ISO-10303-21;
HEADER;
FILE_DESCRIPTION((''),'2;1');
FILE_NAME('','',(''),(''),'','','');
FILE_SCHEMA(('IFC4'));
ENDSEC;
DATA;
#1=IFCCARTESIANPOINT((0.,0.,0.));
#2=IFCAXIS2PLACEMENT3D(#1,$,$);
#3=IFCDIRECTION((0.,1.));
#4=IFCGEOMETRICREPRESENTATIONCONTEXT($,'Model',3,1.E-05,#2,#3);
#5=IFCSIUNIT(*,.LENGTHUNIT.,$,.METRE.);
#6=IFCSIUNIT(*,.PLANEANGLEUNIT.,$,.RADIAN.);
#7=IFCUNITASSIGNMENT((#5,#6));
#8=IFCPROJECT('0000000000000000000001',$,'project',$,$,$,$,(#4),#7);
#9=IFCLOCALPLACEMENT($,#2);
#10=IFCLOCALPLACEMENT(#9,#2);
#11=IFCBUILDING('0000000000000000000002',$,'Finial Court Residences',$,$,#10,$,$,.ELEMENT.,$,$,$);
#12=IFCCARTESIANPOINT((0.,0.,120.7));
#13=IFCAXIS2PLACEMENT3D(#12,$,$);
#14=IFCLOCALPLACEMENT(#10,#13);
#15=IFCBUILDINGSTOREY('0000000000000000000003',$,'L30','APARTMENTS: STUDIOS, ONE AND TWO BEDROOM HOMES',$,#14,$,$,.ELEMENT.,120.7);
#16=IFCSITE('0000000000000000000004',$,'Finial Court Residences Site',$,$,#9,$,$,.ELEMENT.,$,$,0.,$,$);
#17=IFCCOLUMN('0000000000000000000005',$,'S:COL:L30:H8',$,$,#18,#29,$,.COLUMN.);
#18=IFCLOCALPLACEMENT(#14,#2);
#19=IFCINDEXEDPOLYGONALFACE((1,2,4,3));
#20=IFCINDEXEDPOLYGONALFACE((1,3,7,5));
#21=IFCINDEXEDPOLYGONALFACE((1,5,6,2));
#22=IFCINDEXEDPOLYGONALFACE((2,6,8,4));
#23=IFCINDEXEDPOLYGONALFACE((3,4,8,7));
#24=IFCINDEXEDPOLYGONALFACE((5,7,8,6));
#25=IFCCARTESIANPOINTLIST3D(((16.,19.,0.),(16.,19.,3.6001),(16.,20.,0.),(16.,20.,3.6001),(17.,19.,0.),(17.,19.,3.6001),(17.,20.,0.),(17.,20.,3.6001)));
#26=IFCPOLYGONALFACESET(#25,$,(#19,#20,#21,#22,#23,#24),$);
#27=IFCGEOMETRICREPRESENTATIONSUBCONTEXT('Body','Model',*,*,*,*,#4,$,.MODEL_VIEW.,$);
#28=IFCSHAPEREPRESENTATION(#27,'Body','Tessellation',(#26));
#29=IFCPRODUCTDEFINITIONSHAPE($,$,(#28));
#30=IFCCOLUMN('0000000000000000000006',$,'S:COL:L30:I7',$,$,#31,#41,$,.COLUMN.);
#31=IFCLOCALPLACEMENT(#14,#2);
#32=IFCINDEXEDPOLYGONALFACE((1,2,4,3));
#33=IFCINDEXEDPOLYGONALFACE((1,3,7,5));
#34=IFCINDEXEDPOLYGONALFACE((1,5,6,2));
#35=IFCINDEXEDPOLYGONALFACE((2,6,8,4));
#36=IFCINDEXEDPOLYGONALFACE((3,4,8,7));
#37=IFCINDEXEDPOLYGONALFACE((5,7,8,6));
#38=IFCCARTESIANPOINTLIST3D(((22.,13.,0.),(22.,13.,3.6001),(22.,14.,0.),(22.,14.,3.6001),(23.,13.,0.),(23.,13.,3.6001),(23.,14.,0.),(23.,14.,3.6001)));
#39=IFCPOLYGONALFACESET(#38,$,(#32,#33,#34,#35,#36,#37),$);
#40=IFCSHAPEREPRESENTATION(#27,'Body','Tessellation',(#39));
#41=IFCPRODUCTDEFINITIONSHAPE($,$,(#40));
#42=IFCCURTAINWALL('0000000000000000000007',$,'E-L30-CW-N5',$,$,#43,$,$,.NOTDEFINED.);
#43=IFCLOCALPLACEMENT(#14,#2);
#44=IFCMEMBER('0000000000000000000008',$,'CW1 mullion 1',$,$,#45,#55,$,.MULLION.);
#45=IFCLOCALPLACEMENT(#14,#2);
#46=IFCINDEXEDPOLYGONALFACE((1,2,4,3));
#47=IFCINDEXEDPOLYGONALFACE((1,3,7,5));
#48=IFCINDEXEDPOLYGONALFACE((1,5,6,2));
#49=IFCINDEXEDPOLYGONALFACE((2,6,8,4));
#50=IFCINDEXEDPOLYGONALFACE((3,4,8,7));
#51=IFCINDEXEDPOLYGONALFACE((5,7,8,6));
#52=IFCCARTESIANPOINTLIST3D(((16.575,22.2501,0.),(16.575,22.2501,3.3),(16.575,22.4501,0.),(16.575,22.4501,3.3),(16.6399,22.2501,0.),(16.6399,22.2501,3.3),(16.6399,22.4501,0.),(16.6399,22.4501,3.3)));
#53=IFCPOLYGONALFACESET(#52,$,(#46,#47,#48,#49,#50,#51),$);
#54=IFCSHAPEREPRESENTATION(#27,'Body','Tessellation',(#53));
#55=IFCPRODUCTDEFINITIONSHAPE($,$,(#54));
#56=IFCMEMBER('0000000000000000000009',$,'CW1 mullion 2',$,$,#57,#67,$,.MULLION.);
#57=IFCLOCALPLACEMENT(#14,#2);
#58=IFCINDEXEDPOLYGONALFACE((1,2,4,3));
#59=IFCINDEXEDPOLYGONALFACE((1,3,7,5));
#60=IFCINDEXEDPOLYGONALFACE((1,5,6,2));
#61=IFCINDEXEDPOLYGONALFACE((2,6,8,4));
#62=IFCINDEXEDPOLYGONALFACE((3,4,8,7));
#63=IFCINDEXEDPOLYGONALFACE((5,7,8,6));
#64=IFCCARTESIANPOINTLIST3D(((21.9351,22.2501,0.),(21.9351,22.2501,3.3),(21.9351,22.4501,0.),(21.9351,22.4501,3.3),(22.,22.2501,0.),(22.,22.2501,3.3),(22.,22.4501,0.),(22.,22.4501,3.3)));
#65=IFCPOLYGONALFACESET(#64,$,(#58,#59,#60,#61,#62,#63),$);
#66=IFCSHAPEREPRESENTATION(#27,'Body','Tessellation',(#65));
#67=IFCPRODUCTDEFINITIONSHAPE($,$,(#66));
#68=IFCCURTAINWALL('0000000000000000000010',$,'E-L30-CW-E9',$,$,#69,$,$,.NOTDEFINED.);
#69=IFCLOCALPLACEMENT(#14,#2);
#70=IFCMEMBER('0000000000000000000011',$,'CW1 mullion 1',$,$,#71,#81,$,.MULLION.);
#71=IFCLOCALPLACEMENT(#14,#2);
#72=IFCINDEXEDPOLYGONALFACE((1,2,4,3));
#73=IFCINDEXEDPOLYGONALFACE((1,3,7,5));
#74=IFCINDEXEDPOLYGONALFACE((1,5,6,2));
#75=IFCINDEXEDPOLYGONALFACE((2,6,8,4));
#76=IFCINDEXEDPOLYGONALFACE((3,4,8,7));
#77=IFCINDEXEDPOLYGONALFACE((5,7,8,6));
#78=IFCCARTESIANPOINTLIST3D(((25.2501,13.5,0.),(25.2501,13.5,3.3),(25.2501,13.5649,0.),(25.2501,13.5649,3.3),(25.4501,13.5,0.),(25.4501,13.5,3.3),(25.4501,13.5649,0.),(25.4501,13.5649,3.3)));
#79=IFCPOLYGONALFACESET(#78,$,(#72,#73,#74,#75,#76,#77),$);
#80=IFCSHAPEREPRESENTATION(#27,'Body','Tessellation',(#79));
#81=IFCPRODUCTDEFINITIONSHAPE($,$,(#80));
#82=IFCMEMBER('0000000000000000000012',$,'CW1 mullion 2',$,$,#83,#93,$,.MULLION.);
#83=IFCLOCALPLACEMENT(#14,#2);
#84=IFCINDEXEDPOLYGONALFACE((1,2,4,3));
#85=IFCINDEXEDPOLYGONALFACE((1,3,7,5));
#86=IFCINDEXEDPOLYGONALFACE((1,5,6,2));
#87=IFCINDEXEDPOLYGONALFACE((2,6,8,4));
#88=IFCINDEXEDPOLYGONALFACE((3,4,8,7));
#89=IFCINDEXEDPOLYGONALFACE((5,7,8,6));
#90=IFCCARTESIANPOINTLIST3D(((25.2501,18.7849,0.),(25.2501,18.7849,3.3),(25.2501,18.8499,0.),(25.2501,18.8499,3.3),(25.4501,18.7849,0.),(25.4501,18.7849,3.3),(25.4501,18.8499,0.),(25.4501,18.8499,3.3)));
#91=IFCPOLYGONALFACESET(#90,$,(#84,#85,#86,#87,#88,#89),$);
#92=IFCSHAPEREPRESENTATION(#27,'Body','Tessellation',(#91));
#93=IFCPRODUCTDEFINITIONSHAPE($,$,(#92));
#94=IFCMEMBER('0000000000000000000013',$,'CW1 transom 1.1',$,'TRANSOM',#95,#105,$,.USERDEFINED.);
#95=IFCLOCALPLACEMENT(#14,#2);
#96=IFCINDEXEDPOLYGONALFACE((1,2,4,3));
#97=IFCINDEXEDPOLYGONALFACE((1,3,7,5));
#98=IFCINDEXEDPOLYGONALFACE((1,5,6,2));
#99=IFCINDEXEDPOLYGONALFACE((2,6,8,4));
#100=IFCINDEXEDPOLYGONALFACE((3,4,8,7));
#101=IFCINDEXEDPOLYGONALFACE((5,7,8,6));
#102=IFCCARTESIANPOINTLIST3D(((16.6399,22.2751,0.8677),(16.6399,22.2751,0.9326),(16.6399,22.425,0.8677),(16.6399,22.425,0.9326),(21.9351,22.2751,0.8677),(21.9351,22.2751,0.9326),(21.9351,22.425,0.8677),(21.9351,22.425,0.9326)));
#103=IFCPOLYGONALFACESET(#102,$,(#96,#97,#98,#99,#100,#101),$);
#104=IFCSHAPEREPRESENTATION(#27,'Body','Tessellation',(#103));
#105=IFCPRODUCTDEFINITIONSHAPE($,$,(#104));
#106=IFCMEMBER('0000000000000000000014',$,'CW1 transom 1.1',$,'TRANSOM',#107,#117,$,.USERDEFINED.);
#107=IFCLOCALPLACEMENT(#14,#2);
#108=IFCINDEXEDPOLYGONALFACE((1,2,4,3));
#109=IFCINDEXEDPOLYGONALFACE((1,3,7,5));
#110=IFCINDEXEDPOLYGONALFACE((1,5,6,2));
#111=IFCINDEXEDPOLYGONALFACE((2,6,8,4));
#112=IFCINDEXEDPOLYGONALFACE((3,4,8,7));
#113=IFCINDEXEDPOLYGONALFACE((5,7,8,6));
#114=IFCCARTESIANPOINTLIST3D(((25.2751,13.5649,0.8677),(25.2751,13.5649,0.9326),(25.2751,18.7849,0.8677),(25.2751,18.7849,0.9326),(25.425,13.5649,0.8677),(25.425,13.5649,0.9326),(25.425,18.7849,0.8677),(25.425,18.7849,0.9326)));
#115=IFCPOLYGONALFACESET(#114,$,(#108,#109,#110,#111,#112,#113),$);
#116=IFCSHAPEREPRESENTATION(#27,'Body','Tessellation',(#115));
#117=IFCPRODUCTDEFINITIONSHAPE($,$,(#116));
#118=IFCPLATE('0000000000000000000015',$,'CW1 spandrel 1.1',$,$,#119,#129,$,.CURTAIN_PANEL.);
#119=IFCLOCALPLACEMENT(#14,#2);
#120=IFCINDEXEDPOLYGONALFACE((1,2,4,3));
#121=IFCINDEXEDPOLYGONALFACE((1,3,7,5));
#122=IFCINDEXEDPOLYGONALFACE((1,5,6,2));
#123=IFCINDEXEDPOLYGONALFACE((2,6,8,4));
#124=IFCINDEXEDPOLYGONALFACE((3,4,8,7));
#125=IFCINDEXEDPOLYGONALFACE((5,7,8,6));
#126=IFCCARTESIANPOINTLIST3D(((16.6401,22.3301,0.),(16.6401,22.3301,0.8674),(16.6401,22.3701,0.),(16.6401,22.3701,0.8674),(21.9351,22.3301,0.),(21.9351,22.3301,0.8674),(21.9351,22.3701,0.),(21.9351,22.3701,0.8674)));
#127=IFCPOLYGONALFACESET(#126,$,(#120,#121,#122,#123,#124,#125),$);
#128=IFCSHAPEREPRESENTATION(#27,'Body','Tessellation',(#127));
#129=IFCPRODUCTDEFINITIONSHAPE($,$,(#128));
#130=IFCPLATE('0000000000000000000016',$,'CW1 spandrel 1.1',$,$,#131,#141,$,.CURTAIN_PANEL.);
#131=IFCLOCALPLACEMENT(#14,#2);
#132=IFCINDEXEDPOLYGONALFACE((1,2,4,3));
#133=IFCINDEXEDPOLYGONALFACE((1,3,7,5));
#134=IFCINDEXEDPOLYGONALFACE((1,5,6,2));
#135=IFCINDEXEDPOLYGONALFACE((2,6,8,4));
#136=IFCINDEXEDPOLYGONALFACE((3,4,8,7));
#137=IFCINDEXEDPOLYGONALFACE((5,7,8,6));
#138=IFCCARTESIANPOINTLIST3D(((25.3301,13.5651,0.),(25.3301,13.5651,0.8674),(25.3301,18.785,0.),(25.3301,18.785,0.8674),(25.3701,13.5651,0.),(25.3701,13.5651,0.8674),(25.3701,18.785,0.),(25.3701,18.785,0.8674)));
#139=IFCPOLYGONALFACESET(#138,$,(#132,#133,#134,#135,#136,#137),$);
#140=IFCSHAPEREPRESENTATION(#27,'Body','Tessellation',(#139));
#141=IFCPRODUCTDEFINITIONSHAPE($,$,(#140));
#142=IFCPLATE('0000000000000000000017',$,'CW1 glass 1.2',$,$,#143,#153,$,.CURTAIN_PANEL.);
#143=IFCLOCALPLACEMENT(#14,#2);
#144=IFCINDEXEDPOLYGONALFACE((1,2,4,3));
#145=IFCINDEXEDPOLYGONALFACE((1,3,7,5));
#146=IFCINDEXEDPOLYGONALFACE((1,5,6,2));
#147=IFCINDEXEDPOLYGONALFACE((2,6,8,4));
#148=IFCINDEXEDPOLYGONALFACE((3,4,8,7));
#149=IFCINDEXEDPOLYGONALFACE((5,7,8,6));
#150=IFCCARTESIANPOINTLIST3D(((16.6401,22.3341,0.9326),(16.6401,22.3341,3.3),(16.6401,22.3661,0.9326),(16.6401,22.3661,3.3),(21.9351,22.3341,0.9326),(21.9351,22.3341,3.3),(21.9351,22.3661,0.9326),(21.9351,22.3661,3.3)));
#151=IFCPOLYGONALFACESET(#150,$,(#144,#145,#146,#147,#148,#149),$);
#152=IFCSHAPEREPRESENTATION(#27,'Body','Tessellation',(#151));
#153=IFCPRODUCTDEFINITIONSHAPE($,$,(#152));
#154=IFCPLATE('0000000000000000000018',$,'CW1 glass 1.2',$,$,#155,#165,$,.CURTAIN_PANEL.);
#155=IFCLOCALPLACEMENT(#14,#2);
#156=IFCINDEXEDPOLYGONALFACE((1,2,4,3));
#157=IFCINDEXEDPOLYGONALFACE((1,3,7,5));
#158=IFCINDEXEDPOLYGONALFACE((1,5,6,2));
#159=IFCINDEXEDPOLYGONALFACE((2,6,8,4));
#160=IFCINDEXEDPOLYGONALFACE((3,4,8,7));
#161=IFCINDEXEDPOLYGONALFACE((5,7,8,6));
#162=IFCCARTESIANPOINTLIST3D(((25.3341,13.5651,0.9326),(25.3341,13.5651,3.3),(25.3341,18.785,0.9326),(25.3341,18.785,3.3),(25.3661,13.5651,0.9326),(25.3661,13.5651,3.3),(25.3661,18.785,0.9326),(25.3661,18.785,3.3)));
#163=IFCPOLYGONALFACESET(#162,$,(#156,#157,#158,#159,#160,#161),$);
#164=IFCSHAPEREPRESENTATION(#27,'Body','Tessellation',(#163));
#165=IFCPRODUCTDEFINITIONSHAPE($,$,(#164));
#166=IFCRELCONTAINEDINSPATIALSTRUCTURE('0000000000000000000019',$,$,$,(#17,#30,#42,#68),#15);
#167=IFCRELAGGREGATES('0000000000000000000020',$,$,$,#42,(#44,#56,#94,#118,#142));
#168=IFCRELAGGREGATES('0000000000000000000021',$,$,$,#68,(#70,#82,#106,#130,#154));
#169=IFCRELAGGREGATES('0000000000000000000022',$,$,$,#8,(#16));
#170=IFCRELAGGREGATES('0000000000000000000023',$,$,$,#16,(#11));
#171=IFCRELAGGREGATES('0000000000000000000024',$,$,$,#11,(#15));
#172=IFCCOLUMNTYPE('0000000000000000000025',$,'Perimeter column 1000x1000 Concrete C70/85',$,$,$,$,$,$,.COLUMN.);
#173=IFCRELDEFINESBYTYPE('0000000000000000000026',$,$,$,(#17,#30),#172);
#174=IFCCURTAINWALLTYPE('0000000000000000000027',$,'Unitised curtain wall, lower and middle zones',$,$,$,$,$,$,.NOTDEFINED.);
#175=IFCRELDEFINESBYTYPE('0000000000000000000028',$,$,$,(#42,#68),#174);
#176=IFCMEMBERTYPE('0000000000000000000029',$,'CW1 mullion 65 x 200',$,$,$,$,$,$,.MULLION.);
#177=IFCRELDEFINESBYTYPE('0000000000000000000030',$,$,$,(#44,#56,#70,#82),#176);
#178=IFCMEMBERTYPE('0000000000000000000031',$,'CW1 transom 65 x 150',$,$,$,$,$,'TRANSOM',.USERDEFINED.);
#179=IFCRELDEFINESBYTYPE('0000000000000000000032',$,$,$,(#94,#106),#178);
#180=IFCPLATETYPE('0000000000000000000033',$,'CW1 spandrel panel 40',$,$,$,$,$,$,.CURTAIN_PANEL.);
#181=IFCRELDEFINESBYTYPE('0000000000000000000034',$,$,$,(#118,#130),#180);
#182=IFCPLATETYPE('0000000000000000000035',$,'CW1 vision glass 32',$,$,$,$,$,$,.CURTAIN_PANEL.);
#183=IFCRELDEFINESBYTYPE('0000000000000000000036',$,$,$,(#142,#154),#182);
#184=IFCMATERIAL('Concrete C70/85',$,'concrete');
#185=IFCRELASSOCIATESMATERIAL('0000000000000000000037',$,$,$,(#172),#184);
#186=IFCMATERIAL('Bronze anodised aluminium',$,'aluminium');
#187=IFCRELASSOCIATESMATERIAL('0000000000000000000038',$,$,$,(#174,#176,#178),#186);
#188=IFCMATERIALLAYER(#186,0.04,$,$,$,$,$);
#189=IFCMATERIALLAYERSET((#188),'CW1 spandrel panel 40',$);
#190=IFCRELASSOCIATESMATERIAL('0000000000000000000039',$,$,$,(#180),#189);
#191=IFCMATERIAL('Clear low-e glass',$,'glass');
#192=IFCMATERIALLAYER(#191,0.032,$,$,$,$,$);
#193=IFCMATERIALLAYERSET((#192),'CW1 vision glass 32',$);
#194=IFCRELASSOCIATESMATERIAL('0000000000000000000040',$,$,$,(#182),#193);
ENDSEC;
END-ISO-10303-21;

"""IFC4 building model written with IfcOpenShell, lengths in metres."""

from ifc_helpers import new_model, si_unit, direction, frame, origin, origin_2d, place, context, subcontext, project, spatial, rectangle, extrude, material, layer, layer_set, material_profile, profile_set, type_object, element, aggregate, save


model = new_model("IFC4")

# Units and contexts
model_context = context("Model", 3, precision=1e-05, world=origin(), true_north=direction((0.0, 1.0)))
body_context = subcontext(model_context, "Body", "Model", "MODEL_VIEW")
ifc_project = project(units=[si_unit("LENGTHUNIT", "METRE"), si_unit("PLANEANGLEUNIT", "RADIAN")], contexts=[model_context])

# Site, building, storey
site_placement = place(None, origin())
site = spatial("IfcSite", under=ifc_project, at=site_placement, Name="Finial Court Residences Site", CompositionType="ELEMENT", RefElevation=0.0)
building_placement = place(site_placement, origin())
building = spatial("IfcBuilding", under=site, at=building_placement, Name="Finial Court Residences", CompositionType="ELEMENT")
storey_placement = place(building_placement, frame((0.0, 0.0, 120.7)))
storey = spatial("IfcBuildingStorey", under=building, at=storey_placement, Name="L30", Description="APARTMENTS: STUDIOS, ONE AND TWO BEDROOM HOMES", CompositionType="ELEMENT", Elevation=120.7)

# Columns
ifc_material_1 = material(Name="Concrete C70/85", Category="concrete")
ifc_material_profile_1 = material_profile(ifc_material_1, rectangle(XDim=1.0, YDim=1.0, at=origin_2d()), Name="1000x1000")
ifc_profile_set_1 = profile_set([ifc_material_profile_1], Name="Concrete C70/85")
column_type = type_object("IfcColumnType", Name="Perimeter column 1000x1000 Concrete C70/85", PredefinedType="COLUMN", material=ifc_profile_set_1)
for number, where, z_axis, x_axis, name in (
    (1, (16.5, 19.5, 0.0), (0.0, 0.0, 1.0), (1.0, 0.0, 0.0), "S:COL:L30:H8"),
    (2, (22.5, 13.5, 0.0), (0.0, 0.0, 1.0), (1.0, 0.0, 0.0), "S:COL:L30:I7"),
):
    element("IfcColumn", number, at=place(storey_placement, frame(where, z_axis=z_axis, x_axis=x_axis)), inside=storey, type_object=column_type, Name=name, PredefinedType="COLUMN", context=body_context, shape_type="SweptSolid", body=[
        extrude(rectangle(XDim=1.0, YDim=1.0, at=origin_2d()), origin(), (0.0, 0.0, 1.0), 3.6001),
    ])

# Curtain walls, members
ifc_material_2 = material(Name="Bronze anodised aluminium", Category="aluminium")
curtain_wall_type = type_object("IfcCurtainWallType", Name="Unitised curtain wall, lower and middle zones", PredefinedType="NOTDEFINED", material=ifc_material_2)
curtain_wall_1_placement = place(storey_placement, origin())
curtain_wall_1 = element("IfcCurtainWall", 3, at=curtain_wall_1_placement, inside=storey, type_object=curtain_wall_type, Name="E-L30-CW-N5", PredefinedType="NOTDEFINED")
ifc_material_profile_2 = material_profile(ifc_material_2, rectangle(XDim=0.2, YDim=0.0649, at=origin_2d()), Name="CW1 mullion 65 x 200")
ifc_profile_set_2 = profile_set([ifc_material_profile_2], Name="Bronze anodised aluminium")
member_type_1 = type_object("IfcMemberType", Name="CW1 mullion 65 x 200", PredefinedType="MULLION", material=ifc_profile_set_2)
member_1_placement = place(storey_placement, frame((16.6074, 22.3501, 0.0), z_axis=(0.0, 0.0, 1.0), x_axis=(0.0, 1.0, 0.0)))
member_1 = element("IfcMember", 4, at=member_1_placement, type_object=member_type_1, Name="CW1 mullion 1", PredefinedType="MULLION", context=body_context, shape_type="SweptSolid", body=[
    extrude(rectangle(XDim=0.2, YDim=0.0649, at=origin_2d()), origin(), (0.0, 0.0, 1.0), 3.3),
])
member_2_placement = place(storey_placement, frame((21.9675, 22.3501, 0.0), z_axis=(0.0, 0.0, 1.0), x_axis=(0.0, 1.0, 0.0)))
member_2 = element("IfcMember", 5, at=member_2_placement, type_object=member_type_1, Name="CW1 mullion 2", PredefinedType="MULLION", context=body_context, shape_type="SweptSolid", body=[
    extrude(rectangle(XDim=0.2, YDim=0.0649, at=origin_2d()), origin(), (0.0, 0.0, 1.0), 3.3),
])
curtain_wall_2_placement = place(storey_placement, origin())
curtain_wall_2 = element("IfcCurtainWall", 6, at=curtain_wall_2_placement, inside=storey, type_object=curtain_wall_type, Name="E-L30-CW-E9", PredefinedType="NOTDEFINED")
member_3_placement = place(storey_placement, frame((25.3501, 13.5325, 0.0), z_axis=(0.0, 0.0, 1.0), x_axis=(-1.0, 0.0, 0.0)))
member_3 = element("IfcMember", 7, at=member_3_placement, type_object=member_type_1, Name="CW1 mullion 1", PredefinedType="MULLION", context=body_context, shape_type="SweptSolid", body=[
    extrude(rectangle(XDim=0.2, YDim=0.0649, at=origin_2d()), origin(), (0.0, 0.0, 1.0), 3.3),
])
member_4_placement = place(storey_placement, frame((25.3501, 18.8174, 0.0), z_axis=(0.0, 0.0, 1.0), x_axis=(-1.0, 0.0, 0.0)))
member_4 = element("IfcMember", 8, at=member_4_placement, type_object=member_type_1, Name="CW1 mullion 2", PredefinedType="MULLION", context=body_context, shape_type="SweptSolid", body=[
    extrude(rectangle(XDim=0.2, YDim=0.0649, at=origin_2d()), origin(), (0.0, 0.0, 1.0), 3.3),
])

# Members
ifc_material_profile_3 = material_profile(ifc_material_2, rectangle(XDim=0.1499, YDim=0.0649, at=origin_2d()), Name="CW1 transom 65 x 150")
ifc_profile_set_3 = profile_set([ifc_material_profile_3], Name="Bronze anodised aluminium")
member_type_2 = type_object("IfcMemberType", Name="CW1 transom 65 x 150", ElementType="TRANSOM", PredefinedType="USERDEFINED", material=ifc_profile_set_3)
member_5_placement = place(storey_placement, frame((16.6399, 22.3501, 0.9001), z_axis=(1.0, 0.0, 0.0), x_axis=(0.0, 1.0, 0.0)))
member_5 = element("IfcMember", 9, at=member_5_placement, type_object=member_type_2, Name="CW1 transom 1.1", ObjectType="TRANSOM", PredefinedType="USERDEFINED", context=body_context, shape_type="SweptSolid", body=[
    extrude(rectangle(XDim=0.1499, YDim=0.0649, at=origin_2d()), origin(), (0.0, 0.0, 1.0), 5.2952),
])
member_6_placement = place(storey_placement, frame((25.3501, 13.5649, 0.9001), z_axis=(0.0, 1.0, 0.0), x_axis=(-1.0, 0.0, 0.0)))
member_6 = element("IfcMember", 10, at=member_6_placement, type_object=member_type_2, Name="CW1 transom 1.1", ObjectType="TRANSOM", PredefinedType="USERDEFINED", context=body_context, shape_type="SweptSolid", body=[
    extrude(rectangle(XDim=0.1499, YDim=0.0649, at=origin_2d()), origin(), (0.0, 0.0, 1.0), 5.22),
])

# Plates
ifc_layer_1 = layer(ifc_material_2, 0.04)
ifc_layer_set_1 = layer_set([ifc_layer_1], Name="CW1 spandrel panel 40")
plate_type_1 = type_object("IfcPlateType", Name="CW1 spandrel panel 40", PredefinedType="CURTAIN_PANEL", material=ifc_layer_set_1)
plate_1_placement = place(storey_placement, frame((19.2876, 22.3501, 0.0), z_axis=(0.0, 0.0, 1.0), x_axis=(1.0, 0.0, 0.0)))
plate_1 = element("IfcPlate", 11, at=plate_1_placement, type_object=plate_type_1, Name="CW1 spandrel 1.1", PredefinedType="CURTAIN_PANEL", context=body_context, shape_type="SweptSolid", body=[
    extrude(rectangle(XDim=5.2949, YDim=0.04, at=origin_2d()), origin(), (0.0, 0.0, 1.0), 0.8674),
])
plate_2_placement = place(storey_placement, frame((25.3501, 16.175, 0.0), z_axis=(0.0, 0.0, 1.0), x_axis=(0.0, 1.0, 0.0)))
plate_2 = element("IfcPlate", 12, at=plate_2_placement, type_object=plate_type_1, Name="CW1 spandrel 1.1", PredefinedType="CURTAIN_PANEL", context=body_context, shape_type="SweptSolid", body=[
    extrude(rectangle(XDim=5.22, YDim=0.04, at=origin_2d()), origin(), (0.0, 0.0, 1.0), 0.8674),
])
ifc_material_3 = material(Name="Clear low-e glass", Category="glass")
ifc_layer_2 = layer(ifc_material_3, 0.032)
ifc_layer_set_2 = layer_set([ifc_layer_2], Name="CW1 vision glass 32")
plate_type_2 = type_object("IfcPlateType", Name="CW1 vision glass 32", PredefinedType="CURTAIN_PANEL", material=ifc_layer_set_2)
plate_3_placement = place(storey_placement, frame((19.2876, 22.3501, 0.9326), z_axis=(0.0, 0.0, 1.0), x_axis=(1.0, 0.0, 0.0)))
plate_3 = element("IfcPlate", 13, at=plate_3_placement, type_object=plate_type_2, Name="CW1 glass 1.2", PredefinedType="CURTAIN_PANEL", context=body_context, shape_type="SweptSolid", body=[
    extrude(rectangle(XDim=5.2949, YDim=0.032, at=origin_2d()), origin(), (0.0, 0.0, 1.0), 2.3674),
])
aggregate(curtain_wall_1, [member_1, member_2, member_5, plate_1, plate_3])
plate_4_placement = place(storey_placement, frame((25.3501, 16.175, 0.9326), z_axis=(0.0, 0.0, 1.0), x_axis=(0.0, 1.0, 0.0)))
plate_4 = element("IfcPlate", 14, at=plate_4_placement, type_object=plate_type_2, Name="CW1 glass 1.2", PredefinedType="CURTAIN_PANEL", context=body_context, shape_type="SweptSolid", body=[
    extrude(rectangle(XDim=5.22, YDim=0.032, at=origin_2d()), origin(), (0.0, 0.0, 1.0), 2.3674),
])
aggregate(curtain_wall_2, [member_3, member_4, member_6, plate_2, plate_4])

save(model, "model.ifc")
